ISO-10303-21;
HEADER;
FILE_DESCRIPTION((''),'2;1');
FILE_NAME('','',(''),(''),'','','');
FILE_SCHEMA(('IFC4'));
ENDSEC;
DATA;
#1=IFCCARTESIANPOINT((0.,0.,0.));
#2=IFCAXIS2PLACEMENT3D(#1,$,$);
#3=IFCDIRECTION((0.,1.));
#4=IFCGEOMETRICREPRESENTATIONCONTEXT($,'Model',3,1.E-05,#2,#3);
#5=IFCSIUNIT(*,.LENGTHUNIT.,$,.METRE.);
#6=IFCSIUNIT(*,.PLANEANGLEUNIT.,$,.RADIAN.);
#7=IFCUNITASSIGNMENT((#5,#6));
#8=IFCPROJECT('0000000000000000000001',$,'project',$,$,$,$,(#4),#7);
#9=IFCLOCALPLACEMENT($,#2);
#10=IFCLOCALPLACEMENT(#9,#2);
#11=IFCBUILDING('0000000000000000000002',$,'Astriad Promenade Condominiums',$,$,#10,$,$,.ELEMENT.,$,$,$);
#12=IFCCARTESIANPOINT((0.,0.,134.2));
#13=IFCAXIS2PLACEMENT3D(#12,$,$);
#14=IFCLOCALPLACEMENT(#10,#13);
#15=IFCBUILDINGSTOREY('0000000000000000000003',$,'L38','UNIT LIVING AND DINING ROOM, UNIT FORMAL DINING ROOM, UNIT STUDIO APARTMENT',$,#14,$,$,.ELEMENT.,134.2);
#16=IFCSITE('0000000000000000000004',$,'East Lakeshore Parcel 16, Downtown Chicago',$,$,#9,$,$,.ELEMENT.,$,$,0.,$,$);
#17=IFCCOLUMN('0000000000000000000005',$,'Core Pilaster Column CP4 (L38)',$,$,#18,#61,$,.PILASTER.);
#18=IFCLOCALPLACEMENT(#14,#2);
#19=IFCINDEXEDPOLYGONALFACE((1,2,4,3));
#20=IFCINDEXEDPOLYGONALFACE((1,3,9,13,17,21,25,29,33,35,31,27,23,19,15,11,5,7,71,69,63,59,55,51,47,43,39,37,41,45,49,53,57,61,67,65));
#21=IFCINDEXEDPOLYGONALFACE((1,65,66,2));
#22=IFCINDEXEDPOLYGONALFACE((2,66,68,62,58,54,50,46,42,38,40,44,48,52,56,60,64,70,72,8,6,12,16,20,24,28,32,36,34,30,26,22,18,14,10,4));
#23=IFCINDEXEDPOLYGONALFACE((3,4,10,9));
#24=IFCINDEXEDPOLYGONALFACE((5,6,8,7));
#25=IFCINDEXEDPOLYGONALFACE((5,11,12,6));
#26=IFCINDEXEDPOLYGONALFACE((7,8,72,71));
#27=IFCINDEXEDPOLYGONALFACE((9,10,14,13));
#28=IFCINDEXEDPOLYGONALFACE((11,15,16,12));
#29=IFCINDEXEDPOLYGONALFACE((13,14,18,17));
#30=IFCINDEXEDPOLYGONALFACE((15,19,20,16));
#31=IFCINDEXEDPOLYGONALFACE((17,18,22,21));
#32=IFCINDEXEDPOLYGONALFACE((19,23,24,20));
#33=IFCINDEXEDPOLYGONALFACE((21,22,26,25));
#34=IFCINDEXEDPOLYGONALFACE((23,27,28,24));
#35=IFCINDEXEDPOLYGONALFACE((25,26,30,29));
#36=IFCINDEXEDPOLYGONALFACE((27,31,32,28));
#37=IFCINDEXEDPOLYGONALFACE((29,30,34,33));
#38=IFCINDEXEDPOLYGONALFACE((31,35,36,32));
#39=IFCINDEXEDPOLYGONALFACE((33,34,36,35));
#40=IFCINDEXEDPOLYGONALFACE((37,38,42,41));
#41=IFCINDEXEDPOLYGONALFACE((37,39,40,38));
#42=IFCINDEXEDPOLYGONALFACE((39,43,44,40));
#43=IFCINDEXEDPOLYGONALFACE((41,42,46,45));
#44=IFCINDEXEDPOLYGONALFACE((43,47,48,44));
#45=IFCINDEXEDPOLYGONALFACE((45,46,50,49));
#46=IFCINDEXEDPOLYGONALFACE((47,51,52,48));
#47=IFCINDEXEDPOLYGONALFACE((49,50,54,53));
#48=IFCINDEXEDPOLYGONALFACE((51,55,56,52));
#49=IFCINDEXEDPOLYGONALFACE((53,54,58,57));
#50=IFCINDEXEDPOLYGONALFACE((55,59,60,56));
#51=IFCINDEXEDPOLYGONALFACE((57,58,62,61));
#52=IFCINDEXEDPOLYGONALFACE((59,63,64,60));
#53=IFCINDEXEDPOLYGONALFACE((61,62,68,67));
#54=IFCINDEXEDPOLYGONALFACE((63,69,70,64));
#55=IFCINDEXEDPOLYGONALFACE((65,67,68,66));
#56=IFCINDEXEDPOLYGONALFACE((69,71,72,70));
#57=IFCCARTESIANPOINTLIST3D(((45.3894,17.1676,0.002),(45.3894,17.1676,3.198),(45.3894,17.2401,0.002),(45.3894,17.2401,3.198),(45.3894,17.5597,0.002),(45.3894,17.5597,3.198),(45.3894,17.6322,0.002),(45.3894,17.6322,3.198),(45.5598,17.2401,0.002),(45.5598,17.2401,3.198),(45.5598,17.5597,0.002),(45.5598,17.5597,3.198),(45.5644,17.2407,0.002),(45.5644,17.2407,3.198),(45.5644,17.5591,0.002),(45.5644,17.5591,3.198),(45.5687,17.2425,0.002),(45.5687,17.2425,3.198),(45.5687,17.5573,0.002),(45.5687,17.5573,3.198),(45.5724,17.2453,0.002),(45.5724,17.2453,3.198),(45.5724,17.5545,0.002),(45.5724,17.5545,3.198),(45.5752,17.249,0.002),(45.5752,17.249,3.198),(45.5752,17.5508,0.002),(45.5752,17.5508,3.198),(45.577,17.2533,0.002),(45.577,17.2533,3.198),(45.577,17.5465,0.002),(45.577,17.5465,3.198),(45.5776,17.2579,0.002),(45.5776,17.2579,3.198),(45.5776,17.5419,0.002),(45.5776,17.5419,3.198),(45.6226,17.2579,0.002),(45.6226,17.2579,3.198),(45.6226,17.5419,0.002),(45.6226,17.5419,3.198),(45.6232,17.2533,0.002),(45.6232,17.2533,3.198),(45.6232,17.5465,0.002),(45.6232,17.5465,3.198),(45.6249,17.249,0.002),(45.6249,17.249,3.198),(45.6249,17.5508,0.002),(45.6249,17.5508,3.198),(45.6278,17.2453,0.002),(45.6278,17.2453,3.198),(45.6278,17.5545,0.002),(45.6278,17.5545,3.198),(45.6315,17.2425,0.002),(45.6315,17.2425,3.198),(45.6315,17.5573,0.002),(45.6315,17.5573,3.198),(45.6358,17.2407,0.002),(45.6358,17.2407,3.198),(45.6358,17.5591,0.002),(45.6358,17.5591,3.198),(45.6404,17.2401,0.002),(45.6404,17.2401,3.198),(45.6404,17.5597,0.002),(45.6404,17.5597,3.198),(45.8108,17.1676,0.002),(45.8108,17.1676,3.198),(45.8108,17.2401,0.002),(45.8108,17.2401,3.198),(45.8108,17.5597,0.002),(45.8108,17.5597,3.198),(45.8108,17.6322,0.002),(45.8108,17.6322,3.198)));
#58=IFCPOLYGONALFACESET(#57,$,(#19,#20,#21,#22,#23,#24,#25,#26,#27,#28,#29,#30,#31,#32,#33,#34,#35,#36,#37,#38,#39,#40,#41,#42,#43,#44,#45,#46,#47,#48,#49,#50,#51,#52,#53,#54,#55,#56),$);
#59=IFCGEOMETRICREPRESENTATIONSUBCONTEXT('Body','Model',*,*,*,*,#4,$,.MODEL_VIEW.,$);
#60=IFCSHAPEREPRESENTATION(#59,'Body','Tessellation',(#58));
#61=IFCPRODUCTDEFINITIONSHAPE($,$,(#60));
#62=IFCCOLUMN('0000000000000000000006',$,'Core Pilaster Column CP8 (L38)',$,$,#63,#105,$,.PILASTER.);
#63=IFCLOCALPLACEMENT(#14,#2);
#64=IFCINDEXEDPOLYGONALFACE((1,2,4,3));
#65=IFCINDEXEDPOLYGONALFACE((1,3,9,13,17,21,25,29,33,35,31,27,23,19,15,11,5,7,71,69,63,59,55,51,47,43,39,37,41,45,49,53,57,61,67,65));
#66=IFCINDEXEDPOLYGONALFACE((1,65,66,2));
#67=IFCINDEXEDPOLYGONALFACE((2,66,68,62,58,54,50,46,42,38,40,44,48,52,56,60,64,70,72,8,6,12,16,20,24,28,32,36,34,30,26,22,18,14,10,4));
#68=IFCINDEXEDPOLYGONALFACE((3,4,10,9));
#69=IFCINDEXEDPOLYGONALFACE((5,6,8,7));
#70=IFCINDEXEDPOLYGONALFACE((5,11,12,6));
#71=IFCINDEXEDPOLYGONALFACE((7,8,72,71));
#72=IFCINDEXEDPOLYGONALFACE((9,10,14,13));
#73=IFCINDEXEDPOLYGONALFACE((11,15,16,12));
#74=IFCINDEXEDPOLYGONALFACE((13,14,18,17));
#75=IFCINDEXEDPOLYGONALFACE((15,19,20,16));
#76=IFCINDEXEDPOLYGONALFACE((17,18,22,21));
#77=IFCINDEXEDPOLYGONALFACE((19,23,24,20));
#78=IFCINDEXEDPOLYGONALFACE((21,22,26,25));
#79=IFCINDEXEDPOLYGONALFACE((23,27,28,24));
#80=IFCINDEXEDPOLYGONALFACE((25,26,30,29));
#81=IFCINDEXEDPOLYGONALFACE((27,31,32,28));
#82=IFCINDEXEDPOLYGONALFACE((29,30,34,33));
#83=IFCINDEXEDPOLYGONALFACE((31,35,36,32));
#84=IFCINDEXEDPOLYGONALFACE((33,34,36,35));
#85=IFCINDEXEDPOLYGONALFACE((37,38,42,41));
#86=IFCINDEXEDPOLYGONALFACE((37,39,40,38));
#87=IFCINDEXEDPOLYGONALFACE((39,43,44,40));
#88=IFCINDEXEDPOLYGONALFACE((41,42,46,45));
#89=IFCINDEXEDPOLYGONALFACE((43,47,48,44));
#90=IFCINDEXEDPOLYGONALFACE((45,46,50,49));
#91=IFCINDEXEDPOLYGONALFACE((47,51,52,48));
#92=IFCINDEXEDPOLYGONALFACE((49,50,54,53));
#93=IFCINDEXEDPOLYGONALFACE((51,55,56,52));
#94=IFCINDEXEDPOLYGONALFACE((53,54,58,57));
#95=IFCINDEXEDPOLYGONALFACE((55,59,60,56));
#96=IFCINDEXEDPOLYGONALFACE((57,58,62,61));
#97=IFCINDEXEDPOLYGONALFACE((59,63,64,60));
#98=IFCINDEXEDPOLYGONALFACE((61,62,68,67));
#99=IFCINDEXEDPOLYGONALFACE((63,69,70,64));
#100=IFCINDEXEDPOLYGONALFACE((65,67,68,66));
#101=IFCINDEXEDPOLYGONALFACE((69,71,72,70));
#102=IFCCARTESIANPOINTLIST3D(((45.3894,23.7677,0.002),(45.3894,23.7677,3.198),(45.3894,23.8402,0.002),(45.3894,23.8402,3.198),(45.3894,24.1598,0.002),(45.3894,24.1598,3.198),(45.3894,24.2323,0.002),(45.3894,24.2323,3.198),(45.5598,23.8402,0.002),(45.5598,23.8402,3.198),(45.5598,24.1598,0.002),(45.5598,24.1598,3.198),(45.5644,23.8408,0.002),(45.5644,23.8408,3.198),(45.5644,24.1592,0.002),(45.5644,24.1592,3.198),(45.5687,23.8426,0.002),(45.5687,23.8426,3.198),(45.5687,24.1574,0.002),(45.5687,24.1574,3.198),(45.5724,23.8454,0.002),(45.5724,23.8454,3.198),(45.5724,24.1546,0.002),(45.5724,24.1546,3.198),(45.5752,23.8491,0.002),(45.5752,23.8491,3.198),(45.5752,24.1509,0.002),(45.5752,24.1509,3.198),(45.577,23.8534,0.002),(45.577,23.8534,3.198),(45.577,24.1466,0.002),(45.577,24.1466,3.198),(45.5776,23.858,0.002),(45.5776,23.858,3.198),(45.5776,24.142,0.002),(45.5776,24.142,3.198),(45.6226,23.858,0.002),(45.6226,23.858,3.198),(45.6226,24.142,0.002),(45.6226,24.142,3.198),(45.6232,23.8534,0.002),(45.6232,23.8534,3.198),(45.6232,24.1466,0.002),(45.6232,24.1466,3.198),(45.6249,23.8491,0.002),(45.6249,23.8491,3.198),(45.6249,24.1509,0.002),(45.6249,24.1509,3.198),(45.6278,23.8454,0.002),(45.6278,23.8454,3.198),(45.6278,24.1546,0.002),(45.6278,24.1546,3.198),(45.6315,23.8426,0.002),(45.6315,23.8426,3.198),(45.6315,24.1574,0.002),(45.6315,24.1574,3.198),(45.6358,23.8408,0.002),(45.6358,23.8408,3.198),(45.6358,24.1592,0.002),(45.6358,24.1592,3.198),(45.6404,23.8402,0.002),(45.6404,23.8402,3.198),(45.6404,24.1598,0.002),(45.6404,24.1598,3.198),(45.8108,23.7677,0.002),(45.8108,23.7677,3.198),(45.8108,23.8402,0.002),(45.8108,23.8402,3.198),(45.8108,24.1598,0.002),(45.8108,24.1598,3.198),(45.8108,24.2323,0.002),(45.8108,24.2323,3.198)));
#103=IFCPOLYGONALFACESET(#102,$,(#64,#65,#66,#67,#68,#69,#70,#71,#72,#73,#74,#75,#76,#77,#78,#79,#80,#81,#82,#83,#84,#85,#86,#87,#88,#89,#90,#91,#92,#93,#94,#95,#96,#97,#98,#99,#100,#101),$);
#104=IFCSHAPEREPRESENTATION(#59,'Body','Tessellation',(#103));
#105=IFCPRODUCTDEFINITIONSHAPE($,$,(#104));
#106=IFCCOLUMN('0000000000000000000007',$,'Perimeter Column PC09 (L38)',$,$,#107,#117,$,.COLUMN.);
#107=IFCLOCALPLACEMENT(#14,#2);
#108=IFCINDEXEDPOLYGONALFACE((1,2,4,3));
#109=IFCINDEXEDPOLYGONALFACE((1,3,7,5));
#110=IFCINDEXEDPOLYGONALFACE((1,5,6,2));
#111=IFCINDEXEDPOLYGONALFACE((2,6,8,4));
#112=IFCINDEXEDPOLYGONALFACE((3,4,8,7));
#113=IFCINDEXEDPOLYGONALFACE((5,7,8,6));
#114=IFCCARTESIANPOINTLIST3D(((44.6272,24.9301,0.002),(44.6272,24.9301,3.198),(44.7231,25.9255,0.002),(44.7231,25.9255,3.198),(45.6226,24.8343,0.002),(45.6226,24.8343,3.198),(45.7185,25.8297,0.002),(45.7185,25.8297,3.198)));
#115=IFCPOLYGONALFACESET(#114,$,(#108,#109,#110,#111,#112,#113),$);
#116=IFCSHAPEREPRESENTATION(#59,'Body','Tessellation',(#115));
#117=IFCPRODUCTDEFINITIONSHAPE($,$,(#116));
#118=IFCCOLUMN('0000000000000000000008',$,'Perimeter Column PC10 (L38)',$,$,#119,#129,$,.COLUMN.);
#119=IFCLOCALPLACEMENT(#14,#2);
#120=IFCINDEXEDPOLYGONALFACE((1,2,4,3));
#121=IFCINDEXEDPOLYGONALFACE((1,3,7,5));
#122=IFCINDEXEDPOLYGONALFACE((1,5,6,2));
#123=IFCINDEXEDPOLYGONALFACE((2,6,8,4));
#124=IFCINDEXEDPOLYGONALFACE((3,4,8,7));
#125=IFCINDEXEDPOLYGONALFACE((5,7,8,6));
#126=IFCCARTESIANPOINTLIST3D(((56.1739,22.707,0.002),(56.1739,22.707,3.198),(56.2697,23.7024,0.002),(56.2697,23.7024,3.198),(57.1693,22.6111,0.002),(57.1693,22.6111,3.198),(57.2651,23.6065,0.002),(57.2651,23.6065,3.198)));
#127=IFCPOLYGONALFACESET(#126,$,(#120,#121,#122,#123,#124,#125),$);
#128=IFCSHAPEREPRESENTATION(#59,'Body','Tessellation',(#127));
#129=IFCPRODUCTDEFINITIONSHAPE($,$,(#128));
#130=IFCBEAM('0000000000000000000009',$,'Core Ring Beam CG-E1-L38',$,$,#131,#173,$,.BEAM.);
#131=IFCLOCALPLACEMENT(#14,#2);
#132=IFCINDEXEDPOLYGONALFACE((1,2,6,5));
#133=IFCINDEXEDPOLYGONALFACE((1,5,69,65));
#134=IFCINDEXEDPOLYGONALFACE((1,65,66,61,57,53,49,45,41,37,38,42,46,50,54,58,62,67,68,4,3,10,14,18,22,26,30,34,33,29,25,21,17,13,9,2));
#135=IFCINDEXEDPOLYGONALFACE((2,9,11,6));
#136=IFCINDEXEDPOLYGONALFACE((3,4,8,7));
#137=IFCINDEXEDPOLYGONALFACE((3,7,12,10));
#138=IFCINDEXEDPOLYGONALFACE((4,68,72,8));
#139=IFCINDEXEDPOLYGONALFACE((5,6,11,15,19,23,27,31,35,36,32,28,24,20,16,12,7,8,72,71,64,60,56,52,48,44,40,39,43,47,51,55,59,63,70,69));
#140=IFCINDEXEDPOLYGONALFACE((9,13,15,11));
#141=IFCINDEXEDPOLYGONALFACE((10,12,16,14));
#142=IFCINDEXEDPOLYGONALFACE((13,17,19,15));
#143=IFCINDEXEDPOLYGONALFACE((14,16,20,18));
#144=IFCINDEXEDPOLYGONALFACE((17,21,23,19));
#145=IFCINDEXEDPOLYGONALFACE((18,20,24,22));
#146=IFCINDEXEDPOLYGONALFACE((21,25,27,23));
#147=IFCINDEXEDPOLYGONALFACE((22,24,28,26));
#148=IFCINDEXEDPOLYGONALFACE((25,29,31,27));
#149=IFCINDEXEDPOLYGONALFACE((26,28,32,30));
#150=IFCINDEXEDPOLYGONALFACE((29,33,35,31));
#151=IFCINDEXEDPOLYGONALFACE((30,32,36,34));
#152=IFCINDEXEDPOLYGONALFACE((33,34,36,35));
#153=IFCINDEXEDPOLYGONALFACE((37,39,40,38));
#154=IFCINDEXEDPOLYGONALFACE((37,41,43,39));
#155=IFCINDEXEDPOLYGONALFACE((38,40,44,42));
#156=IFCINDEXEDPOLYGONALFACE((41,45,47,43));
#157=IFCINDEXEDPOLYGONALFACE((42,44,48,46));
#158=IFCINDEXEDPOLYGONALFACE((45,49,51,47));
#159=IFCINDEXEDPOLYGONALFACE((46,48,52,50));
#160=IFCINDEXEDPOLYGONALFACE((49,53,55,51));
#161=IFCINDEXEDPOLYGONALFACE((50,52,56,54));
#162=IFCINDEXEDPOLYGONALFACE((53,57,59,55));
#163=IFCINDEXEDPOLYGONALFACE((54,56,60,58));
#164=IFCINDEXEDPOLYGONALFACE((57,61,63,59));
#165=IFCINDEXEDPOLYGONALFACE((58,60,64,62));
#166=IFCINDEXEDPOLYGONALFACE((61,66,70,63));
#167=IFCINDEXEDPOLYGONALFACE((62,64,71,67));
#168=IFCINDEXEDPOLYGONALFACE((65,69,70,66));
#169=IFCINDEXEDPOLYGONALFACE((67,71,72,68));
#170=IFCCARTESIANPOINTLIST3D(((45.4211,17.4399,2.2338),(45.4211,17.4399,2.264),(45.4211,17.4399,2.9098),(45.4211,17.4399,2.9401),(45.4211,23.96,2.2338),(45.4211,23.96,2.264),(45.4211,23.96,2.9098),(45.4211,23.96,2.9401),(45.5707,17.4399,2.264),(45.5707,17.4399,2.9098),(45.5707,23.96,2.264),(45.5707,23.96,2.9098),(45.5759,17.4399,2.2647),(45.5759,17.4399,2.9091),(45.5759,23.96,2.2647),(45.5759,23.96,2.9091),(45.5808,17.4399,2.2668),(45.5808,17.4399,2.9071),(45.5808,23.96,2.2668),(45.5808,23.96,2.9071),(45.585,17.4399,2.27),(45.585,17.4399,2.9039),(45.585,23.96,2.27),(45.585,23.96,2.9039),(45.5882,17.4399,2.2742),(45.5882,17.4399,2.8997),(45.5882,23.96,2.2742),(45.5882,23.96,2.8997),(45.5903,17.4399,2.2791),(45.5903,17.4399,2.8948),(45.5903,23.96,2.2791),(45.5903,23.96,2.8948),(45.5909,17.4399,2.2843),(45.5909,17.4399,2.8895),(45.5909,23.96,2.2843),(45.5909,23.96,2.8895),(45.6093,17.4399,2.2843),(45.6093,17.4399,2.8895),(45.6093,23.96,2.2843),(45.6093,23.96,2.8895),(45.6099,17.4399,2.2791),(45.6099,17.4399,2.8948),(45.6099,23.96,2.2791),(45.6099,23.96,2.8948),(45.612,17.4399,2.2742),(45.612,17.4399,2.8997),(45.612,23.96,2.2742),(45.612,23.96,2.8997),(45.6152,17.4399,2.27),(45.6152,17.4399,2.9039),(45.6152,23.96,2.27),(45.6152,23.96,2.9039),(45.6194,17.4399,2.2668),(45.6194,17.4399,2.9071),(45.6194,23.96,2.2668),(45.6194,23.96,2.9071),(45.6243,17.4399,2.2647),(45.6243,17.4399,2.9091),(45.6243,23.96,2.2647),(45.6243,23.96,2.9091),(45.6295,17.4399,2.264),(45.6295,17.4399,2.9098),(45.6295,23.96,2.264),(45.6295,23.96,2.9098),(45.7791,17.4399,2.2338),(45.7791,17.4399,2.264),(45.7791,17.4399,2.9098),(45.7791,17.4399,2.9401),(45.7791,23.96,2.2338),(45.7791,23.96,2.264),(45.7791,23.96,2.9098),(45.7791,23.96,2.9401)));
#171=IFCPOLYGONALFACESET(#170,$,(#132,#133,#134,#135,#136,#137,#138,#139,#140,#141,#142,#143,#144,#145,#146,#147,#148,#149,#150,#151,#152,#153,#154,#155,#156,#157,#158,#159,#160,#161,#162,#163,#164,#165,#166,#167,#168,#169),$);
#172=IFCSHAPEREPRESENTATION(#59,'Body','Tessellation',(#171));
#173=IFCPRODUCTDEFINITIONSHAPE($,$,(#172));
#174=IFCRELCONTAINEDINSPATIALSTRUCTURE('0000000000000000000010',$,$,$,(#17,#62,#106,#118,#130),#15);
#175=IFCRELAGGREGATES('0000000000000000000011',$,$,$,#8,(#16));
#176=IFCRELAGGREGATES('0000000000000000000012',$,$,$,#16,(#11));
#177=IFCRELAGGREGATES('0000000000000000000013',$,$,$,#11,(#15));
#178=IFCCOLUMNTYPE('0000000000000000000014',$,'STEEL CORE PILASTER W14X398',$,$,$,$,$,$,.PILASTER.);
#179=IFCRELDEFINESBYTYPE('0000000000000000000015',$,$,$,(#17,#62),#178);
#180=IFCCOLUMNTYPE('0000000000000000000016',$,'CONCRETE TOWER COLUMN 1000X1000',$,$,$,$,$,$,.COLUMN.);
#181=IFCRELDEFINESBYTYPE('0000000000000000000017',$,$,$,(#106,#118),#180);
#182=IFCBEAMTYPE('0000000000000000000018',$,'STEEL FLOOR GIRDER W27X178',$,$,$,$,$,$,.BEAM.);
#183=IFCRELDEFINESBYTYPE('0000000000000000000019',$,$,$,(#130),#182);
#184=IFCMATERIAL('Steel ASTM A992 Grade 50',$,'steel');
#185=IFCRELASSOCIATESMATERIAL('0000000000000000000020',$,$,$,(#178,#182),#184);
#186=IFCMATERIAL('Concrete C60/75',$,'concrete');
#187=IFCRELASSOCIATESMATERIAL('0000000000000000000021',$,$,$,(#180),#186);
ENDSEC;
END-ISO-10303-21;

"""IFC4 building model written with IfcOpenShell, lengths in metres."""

from ifc_helpers import new_model, si_unit, direction, frame, origin, origin_2d, place, context, subcontext, project, spatial, rectangle, i_section, extrude, source, transform, mapped, material, material_profile, profile_set, type_object, type_shapes, element, save


model = new_model("IFC4")

# Units and contexts
model_context = context("Model", 3, precision=1e-05, world=origin(), true_north=direction((0.0, 1.0)))
body_context = subcontext(model_context, "Body", "Model", "MODEL_VIEW")
ifc_project = project(units=[si_unit("LENGTHUNIT", "METRE"), si_unit("PLANEANGLEUNIT", "RADIAN")], contexts=[model_context])

# Site, building, storey
site_placement = place(None, origin())
site = spatial("IfcSite", under=ifc_project, at=site_placement, Name="East Lakeshore Parcel 16, Downtown Chicago", CompositionType="ELEMENT", RefElevation=0.0)
building_placement = place(site_placement, origin())
building = spatial("IfcBuilding", under=site, at=building_placement, Name="Astriad Promenade Condominiums", CompositionType="ELEMENT")
storey_placement = place(building_placement, frame((0.0, 0.0, 134.2)))
storey = spatial("IfcBuildingStorey", under=building, at=storey_placement, Name="L38", Description="UNIT LIVING AND DINING ROOM, UNIT FORMAL DINING ROOM, UNIT STUDIO APARTMENT", CompositionType="ELEMENT", Elevation=134.2)

# Columns
ifc_material_1 = material(Name="Steel ASTM A992 Grade 50", Category="steel")
ifc_material_profile_1 = material_profile(ifc_material_1, i_section(OverallWidth=0.4214, OverallDepth=0.4646, WebThickness=0.0449, FlangeThickness=0.0725, FilletRadius=0.0178, at=origin_2d()), Name="W14X398")
ifc_profile_set_1 = profile_set([ifc_material_profile_1], Name="Steel ASTM A992 Grade 50")
column_type_1 = type_object("IfcColumnType", Name="STEEL CORE PILASTER W14X398", PredefinedType="PILASTER", material=ifc_profile_set_1)
shared_shape_1 = source(origin(), body_context, "Body", "SweptSolid", [
    extrude(i_section(OverallWidth=0.4214, OverallDepth=0.4646, WebThickness=0.0449, FlangeThickness=0.0725, FilletRadius=0.0178, at=origin_2d()), origin(), (0.0, 0.0, 1.0), 3.196),
])
type_shapes(column_type_1, [shared_shape_1])
for number, where, z_axis, x_axis, name in (
    (1, (45.6001, 17.3999, 0.002), (0.0, 0.0, 1.0), (1.0, 0.0, 0.0), "Core Pilaster Column CP4 (L38)"),
    (2, (45.6001, 24.0, 0.002), (0.0, 0.0, 1.0), (1.0, 0.0, 0.0), "Core Pilaster Column CP8 (L38)"),
):
    element("IfcColumn", number, at=place(storey_placement, frame(where, z_axis=z_axis, x_axis=x_axis)), inside=storey, type_object=column_type_1, Name=name, PredefinedType="PILASTER", context=body_context, shape_type="MappedRepresentation", body=[
        mapped(shared_shape_1, transform((0.0, 0.0, 0.0), scale=1.0)),
    ])
ifc_material_2 = material(Name="Concrete C60/75", Category="concrete")
ifc_material_profile_2 = material_profile(ifc_material_2, rectangle(XDim=1.0, YDim=1.0, at=origin_2d()), Name="RC-COL-1000X1000")
ifc_profile_set_2 = profile_set([ifc_material_profile_2], Name="Concrete C60/75")
column_type_2 = type_object("IfcColumnType", Name="CONCRETE TOWER COLUMN 1000X1000", PredefinedType="COLUMN", material=ifc_profile_set_2)
shared_shape_2 = source(origin(), body_context, "Body", "SweptSolid", [
    extrude(rectangle(XDim=1.0, YDim=1.0, at=origin_2d()), origin(), (0.0, 0.0, 1.0), 3.196),
])
type_shapes(column_type_2, [shared_shape_2])
for number, where, z_axis, x_axis, name in (
    (3, (45.1729, 25.3799, 0.002), (0.0, 0.0, 1.0), (0.995396, -0.095846, 0.0), "Perimeter Column PC09 (L38)"),
    (4, (56.7195, 23.1567, 0.002), (0.0, 0.0, 1.0), (0.995396, -0.095846, 0.0), "Perimeter Column PC10 (L38)"),
):
    element("IfcColumn", number, at=place(storey_placement, frame(where, z_axis=z_axis, x_axis=x_axis)), inside=storey, type_object=column_type_2, Name=name, PredefinedType="COLUMN", context=body_context, shape_type="MappedRepresentation", body=[
        mapped(shared_shape_2, transform((0.0, 0.0, 0.0), scale=1.0)),
    ])

# Beam
ifc_material_profile_3 = material_profile(ifc_material_1, i_section(OverallWidth=0.3579, OverallDepth=0.7063, WebThickness=0.0183, FlangeThickness=0.0303, FilletRadius=0.0203, at=origin_2d()), Name="W27X178")
ifc_profile_set_3 = profile_set([ifc_material_profile_3], Name="Steel ASTM A992 Grade 50")
beam_type_1 = type_object("IfcBeamType", Name="STEEL FLOOR GIRDER W27X178", PredefinedType="BEAM", material=ifc_profile_set_3)
shared_shape_3 = source(origin(), body_context, "Body", "SweptSolid", [
    extrude(i_section(OverallWidth=0.3579, OverallDepth=0.7063, WebThickness=0.0183, FlangeThickness=0.0303, FilletRadius=0.0203, at=origin_2d()), origin(), (0.0, 0.0, 1.0), 6.52),
])
beam_1_placement = place(storey_placement, frame((45.6001, 17.4399, 2.5869), z_axis=(0.0, 1.0, 0.0), x_axis=(-1.0, 0.0, 0.0)))
element("IfcBeam", 5, at=beam_1_placement, inside=storey, type_object=beam_type_1, Name="Core Ring Beam CG-E1-L38", PredefinedType="BEAM", context=body_context, shape_type="MappedRepresentation", body=[
    mapped(shared_shape_3, transform((0.0, 0.0, 0.0), scale=1.0)),
])

save(model, "model.ifc")
